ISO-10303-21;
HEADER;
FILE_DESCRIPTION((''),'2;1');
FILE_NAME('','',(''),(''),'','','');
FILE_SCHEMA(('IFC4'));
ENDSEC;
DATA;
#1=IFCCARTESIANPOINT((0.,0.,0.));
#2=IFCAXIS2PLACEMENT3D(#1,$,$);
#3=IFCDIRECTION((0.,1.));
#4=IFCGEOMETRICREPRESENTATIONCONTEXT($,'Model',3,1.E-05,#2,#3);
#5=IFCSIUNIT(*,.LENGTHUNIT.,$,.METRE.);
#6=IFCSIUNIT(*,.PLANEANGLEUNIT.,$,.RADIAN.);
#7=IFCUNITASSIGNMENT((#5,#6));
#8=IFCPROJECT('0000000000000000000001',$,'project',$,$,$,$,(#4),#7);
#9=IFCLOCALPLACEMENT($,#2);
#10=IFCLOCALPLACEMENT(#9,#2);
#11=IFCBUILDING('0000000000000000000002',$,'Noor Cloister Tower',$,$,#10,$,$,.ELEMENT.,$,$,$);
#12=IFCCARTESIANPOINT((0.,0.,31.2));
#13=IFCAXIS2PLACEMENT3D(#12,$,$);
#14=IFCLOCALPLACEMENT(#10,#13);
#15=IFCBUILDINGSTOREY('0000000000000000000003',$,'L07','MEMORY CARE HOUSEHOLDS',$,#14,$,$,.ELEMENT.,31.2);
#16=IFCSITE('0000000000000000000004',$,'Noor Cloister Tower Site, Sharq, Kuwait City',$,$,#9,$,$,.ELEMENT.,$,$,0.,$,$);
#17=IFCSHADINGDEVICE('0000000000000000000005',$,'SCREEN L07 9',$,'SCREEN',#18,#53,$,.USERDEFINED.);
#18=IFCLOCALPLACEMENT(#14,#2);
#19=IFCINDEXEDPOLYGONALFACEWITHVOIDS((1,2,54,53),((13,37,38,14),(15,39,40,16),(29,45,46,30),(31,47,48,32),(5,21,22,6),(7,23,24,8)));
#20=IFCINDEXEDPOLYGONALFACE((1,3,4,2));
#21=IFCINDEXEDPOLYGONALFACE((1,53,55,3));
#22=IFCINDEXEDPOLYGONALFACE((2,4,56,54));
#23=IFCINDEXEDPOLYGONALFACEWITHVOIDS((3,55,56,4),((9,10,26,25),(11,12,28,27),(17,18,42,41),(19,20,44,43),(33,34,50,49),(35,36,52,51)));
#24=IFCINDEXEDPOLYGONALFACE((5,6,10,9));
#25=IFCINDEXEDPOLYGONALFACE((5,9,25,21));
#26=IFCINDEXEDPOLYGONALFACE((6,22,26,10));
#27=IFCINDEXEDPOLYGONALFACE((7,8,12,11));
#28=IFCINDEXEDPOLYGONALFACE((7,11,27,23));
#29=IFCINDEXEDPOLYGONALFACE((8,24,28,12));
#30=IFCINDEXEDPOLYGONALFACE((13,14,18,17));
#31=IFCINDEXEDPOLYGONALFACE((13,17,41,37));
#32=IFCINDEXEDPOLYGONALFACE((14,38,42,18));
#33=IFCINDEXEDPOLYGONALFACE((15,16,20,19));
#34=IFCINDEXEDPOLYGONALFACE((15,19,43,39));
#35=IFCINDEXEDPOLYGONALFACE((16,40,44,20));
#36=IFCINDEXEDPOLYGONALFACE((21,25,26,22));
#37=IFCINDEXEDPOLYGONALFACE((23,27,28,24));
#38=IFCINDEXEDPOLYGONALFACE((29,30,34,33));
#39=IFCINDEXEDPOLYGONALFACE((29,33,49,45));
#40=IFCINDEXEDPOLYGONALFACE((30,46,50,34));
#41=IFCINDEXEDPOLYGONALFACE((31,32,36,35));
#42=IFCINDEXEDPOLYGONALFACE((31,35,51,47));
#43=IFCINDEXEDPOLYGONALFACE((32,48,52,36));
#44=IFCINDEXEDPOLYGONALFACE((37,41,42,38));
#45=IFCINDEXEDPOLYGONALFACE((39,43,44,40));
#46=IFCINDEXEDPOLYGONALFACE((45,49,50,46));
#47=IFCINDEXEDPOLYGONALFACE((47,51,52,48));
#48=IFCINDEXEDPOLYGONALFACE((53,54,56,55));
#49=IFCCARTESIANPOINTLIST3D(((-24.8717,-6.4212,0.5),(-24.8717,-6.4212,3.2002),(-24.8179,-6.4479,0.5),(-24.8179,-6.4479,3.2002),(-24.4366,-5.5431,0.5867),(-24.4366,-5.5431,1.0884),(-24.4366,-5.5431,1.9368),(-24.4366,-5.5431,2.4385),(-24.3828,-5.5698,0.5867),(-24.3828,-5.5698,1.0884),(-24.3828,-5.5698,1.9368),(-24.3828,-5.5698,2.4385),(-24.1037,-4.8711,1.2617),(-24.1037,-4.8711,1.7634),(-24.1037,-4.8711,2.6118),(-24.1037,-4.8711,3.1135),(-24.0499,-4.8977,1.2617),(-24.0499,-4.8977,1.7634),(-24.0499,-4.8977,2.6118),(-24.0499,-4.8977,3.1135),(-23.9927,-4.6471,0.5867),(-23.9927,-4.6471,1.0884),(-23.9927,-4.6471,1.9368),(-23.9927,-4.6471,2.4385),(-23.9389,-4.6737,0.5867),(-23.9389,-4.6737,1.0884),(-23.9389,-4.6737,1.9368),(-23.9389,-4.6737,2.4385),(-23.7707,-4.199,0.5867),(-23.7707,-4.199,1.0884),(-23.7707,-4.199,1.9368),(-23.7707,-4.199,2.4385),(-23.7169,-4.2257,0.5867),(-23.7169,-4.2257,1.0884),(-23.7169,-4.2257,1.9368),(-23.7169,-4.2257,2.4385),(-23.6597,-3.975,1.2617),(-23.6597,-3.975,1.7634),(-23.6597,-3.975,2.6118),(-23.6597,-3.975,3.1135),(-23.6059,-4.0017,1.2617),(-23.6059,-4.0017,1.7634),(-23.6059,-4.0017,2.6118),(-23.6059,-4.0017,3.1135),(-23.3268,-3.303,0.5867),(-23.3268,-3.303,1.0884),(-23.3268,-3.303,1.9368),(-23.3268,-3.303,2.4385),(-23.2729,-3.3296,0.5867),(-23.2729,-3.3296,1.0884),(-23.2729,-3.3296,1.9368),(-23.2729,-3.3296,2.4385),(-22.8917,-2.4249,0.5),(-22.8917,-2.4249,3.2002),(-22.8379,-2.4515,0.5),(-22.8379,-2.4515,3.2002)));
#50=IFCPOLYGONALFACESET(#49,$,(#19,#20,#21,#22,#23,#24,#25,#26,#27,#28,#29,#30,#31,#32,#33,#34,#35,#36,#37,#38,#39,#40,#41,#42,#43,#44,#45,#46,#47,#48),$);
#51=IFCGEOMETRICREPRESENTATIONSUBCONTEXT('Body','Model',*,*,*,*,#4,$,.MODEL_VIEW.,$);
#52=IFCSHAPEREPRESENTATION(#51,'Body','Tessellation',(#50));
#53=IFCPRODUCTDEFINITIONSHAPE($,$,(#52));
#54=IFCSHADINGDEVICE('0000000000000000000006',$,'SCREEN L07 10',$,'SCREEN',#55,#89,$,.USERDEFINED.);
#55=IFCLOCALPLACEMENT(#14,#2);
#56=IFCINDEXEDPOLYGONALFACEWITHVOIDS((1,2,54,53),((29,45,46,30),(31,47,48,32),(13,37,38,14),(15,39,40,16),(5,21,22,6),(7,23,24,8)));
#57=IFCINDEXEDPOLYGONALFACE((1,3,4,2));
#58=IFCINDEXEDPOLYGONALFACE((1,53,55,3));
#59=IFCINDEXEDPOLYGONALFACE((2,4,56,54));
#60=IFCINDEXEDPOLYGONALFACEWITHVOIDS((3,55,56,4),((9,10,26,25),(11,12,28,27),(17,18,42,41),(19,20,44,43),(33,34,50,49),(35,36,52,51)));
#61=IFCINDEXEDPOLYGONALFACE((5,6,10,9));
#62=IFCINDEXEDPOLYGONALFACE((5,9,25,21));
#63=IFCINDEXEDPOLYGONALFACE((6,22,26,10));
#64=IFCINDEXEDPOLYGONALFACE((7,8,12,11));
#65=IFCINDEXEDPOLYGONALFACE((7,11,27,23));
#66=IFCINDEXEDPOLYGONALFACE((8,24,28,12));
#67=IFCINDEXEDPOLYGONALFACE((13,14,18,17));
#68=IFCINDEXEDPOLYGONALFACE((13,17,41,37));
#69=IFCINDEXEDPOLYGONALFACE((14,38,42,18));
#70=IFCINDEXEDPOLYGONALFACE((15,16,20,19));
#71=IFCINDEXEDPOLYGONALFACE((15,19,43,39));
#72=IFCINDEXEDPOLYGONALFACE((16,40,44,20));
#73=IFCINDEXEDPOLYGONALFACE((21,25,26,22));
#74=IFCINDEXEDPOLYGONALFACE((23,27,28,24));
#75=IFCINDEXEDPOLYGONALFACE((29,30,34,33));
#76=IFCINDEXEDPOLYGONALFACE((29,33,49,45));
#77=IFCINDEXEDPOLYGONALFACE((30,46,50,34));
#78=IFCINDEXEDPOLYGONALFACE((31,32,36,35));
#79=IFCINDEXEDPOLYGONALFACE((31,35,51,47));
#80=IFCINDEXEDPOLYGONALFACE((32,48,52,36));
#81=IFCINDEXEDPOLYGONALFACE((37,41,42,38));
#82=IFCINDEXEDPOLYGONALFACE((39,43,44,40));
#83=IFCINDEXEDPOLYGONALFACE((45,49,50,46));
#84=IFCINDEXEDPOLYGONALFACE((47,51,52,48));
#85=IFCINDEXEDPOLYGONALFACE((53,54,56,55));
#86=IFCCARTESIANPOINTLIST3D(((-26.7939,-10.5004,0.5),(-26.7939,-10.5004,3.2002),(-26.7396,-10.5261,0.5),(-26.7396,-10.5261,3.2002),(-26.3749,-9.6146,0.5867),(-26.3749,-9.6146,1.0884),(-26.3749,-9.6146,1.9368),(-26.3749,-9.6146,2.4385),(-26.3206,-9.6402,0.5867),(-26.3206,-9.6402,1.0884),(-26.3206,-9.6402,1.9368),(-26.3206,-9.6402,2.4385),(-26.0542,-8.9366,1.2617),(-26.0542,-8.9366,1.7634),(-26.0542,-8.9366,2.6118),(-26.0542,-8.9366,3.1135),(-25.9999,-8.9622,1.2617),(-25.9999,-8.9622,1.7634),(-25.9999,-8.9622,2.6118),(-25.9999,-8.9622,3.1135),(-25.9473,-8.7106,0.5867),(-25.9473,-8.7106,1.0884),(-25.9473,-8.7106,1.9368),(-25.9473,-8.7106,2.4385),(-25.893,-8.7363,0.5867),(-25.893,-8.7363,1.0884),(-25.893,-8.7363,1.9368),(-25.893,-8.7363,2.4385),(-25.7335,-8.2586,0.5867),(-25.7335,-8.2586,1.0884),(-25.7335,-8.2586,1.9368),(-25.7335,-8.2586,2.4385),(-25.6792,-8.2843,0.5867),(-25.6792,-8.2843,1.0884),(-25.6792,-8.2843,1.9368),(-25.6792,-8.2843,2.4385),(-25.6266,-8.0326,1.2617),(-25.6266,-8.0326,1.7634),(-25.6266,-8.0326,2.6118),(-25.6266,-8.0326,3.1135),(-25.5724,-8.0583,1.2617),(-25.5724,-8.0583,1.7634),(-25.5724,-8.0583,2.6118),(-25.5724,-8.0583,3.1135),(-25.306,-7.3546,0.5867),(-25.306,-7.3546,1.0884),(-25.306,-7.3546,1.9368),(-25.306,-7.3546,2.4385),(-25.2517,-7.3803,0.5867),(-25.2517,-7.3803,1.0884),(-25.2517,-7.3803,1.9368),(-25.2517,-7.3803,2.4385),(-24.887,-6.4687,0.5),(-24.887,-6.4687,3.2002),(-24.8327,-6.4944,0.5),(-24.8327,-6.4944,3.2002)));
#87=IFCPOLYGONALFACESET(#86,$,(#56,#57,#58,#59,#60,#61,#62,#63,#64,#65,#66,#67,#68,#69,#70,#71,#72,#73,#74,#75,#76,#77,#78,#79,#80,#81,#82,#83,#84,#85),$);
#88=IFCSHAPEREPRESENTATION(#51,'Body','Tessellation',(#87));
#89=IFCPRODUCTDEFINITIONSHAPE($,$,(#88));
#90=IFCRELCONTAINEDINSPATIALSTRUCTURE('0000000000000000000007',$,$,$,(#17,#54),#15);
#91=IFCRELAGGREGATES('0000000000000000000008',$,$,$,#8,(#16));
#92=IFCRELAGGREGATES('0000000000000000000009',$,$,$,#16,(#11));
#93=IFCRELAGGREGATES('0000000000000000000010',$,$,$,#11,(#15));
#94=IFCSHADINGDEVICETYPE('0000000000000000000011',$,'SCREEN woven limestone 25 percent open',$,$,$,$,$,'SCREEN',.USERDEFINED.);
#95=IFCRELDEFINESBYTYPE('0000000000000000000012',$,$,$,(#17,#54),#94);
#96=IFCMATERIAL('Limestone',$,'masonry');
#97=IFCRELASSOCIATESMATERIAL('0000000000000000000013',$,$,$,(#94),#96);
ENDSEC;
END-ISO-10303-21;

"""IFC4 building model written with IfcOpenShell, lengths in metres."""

from ifc_helpers import new_model, si_unit, direction, frame, origin, place, context, subcontext, project, spatial, polyline, outline, extrude, material, material_profile, profile_set, type_object, element, save


model = new_model("IFC4")

# Units and contexts
model_context = context("Model", 3, precision=1e-05, world=origin(), true_north=direction((0.0, 1.0)))
body_context = subcontext(model_context, "Body", "Model", "MODEL_VIEW")
ifc_project = project(units=[si_unit("LENGTHUNIT", "METRE"), si_unit("PLANEANGLEUNIT", "RADIAN")], contexts=[model_context])

# Site, building, storey
site_placement = place(None, origin())
site = spatial("IfcSite", under=ifc_project, at=site_placement, Name="Noor Cloister Tower Site, Sharq, Kuwait City", CompositionType="ELEMENT", RefElevation=0.0)
building_placement = place(site_placement, origin())
building = spatial("IfcBuilding", under=site, at=building_placement, Name="Noor Cloister Tower", CompositionType="ELEMENT")
storey_placement = place(building_placement, frame((0.0, 0.0, 31.2)))
storey = spatial("IfcBuildingStorey", under=building, at=storey_placement, Name="L07", Description="MEMORY CARE HOUSEHOLDS", CompositionType="ELEMENT", Elevation=31.2)

# Shading devices
ifc_material_1 = material(Name="Limestone", Category="masonry")
ifc_material_profile_1 = material_profile(ifc_material_1, outline(polyline([(-2.23, -1.3501), (2.23, -1.3501), (2.23, 1.3501), (-2.23, 1.3501), (-2.23, -1.3501)]), holes=[polyline([(-1.25, -1.2634), (-0.25, -1.2634), (-0.25, -0.7617), (-1.25, -0.7617), (-1.25, -1.2634)]), polyline([(0.25, -1.2634), (1.25, -1.2634), (1.25, -0.7617), (0.25, -0.7617), (0.25, -1.2634)]), polyline([(-0.5, -0.5884), (0.5, -0.5884), (0.5, -0.0867), (-0.5, -0.0867), (-0.5, -0.5884)]), polyline([(-1.25, 0.0867), (-0.25, 0.0867), (-0.25, 0.5884), (-1.25, 0.5884), (-1.25, 0.0867)]), polyline([(0.25, 0.0867), (1.25, 0.0867), (1.25, 0.5884), (0.25, 0.5884), (0.25, 0.0867)]), polyline([(-0.5, 0.7617), (0.5, 0.7617), (0.5, 1.2634), (-0.5, 1.2634), (-0.5, 0.7617)])]), Name="Woven screen 25 percent open")
ifc_profile_set_1 = profile_set([ifc_material_profile_1], Name="Limestone")
shading_device_type = type_object("IfcShadingDeviceType", Name="SCREEN woven limestone 25 percent open", ElementType="SCREEN", PredefinedType="USERDEFINED", material=ifc_profile_set_1)
for number, where, z_axis, x_axis, name in (
    (1, (-23.8279, -4.4497, 1.8501), (-0.89605, 0.443952, 0.0), (-0.443952, -0.89605, 0.0), "SCREEN L07 9"),
    (2, (-25.7861, -8.5103, 1.8501), (-0.903986, 0.427561, 0.0), (-0.427561, -0.903986, 0.0), "SCREEN L07 10"),
):
    element("IfcShadingDevice", number, at=place(storey_placement, frame(where, z_axis=z_axis, x_axis=x_axis)), inside=storey, type_object=shading_device_type, Name=name, ObjectType="SCREEN", PredefinedType="USERDEFINED", context=body_context, shape_type="SweptSolid", body=[
        extrude(outline(polyline([(-2.23, -1.3501), (2.23, -1.3501), (2.23, 1.3501), (-2.23, 1.3501), (-2.23, -1.3501)]), holes=[polyline([(-1.25, -1.2634), (-0.25, -1.2634), (-0.25, -0.7617), (-1.25, -0.7617), (-1.25, -1.2634)]), polyline([(0.25, -1.2634), (1.25, -1.2634), (1.25, -0.7617), (0.25, -0.7617), (0.25, -1.2634)]), polyline([(-0.5, -0.5884), (0.5, -0.5884), (0.5, -0.0867), (-0.5, -0.0867), (-0.5, -0.5884)]), polyline([(-1.25, 0.0867), (-0.25, 0.0867), (-0.25, 0.5884), (-1.25, 0.5884), (-1.25, 0.0867)]), polyline([(0.25, 0.0867), (1.25, 0.0867), (1.25, 0.5884), (0.25, 0.5884), (0.25, 0.0867)]), polyline([(-0.5, 0.7617), (0.5, 0.7617), (0.5, 1.2634), (-0.5, 1.2634), (-0.5, 0.7617)])]), origin(), (0.0, 0.0, 1.0), 0.0601),
    ])

save(model, "model.ifc")
